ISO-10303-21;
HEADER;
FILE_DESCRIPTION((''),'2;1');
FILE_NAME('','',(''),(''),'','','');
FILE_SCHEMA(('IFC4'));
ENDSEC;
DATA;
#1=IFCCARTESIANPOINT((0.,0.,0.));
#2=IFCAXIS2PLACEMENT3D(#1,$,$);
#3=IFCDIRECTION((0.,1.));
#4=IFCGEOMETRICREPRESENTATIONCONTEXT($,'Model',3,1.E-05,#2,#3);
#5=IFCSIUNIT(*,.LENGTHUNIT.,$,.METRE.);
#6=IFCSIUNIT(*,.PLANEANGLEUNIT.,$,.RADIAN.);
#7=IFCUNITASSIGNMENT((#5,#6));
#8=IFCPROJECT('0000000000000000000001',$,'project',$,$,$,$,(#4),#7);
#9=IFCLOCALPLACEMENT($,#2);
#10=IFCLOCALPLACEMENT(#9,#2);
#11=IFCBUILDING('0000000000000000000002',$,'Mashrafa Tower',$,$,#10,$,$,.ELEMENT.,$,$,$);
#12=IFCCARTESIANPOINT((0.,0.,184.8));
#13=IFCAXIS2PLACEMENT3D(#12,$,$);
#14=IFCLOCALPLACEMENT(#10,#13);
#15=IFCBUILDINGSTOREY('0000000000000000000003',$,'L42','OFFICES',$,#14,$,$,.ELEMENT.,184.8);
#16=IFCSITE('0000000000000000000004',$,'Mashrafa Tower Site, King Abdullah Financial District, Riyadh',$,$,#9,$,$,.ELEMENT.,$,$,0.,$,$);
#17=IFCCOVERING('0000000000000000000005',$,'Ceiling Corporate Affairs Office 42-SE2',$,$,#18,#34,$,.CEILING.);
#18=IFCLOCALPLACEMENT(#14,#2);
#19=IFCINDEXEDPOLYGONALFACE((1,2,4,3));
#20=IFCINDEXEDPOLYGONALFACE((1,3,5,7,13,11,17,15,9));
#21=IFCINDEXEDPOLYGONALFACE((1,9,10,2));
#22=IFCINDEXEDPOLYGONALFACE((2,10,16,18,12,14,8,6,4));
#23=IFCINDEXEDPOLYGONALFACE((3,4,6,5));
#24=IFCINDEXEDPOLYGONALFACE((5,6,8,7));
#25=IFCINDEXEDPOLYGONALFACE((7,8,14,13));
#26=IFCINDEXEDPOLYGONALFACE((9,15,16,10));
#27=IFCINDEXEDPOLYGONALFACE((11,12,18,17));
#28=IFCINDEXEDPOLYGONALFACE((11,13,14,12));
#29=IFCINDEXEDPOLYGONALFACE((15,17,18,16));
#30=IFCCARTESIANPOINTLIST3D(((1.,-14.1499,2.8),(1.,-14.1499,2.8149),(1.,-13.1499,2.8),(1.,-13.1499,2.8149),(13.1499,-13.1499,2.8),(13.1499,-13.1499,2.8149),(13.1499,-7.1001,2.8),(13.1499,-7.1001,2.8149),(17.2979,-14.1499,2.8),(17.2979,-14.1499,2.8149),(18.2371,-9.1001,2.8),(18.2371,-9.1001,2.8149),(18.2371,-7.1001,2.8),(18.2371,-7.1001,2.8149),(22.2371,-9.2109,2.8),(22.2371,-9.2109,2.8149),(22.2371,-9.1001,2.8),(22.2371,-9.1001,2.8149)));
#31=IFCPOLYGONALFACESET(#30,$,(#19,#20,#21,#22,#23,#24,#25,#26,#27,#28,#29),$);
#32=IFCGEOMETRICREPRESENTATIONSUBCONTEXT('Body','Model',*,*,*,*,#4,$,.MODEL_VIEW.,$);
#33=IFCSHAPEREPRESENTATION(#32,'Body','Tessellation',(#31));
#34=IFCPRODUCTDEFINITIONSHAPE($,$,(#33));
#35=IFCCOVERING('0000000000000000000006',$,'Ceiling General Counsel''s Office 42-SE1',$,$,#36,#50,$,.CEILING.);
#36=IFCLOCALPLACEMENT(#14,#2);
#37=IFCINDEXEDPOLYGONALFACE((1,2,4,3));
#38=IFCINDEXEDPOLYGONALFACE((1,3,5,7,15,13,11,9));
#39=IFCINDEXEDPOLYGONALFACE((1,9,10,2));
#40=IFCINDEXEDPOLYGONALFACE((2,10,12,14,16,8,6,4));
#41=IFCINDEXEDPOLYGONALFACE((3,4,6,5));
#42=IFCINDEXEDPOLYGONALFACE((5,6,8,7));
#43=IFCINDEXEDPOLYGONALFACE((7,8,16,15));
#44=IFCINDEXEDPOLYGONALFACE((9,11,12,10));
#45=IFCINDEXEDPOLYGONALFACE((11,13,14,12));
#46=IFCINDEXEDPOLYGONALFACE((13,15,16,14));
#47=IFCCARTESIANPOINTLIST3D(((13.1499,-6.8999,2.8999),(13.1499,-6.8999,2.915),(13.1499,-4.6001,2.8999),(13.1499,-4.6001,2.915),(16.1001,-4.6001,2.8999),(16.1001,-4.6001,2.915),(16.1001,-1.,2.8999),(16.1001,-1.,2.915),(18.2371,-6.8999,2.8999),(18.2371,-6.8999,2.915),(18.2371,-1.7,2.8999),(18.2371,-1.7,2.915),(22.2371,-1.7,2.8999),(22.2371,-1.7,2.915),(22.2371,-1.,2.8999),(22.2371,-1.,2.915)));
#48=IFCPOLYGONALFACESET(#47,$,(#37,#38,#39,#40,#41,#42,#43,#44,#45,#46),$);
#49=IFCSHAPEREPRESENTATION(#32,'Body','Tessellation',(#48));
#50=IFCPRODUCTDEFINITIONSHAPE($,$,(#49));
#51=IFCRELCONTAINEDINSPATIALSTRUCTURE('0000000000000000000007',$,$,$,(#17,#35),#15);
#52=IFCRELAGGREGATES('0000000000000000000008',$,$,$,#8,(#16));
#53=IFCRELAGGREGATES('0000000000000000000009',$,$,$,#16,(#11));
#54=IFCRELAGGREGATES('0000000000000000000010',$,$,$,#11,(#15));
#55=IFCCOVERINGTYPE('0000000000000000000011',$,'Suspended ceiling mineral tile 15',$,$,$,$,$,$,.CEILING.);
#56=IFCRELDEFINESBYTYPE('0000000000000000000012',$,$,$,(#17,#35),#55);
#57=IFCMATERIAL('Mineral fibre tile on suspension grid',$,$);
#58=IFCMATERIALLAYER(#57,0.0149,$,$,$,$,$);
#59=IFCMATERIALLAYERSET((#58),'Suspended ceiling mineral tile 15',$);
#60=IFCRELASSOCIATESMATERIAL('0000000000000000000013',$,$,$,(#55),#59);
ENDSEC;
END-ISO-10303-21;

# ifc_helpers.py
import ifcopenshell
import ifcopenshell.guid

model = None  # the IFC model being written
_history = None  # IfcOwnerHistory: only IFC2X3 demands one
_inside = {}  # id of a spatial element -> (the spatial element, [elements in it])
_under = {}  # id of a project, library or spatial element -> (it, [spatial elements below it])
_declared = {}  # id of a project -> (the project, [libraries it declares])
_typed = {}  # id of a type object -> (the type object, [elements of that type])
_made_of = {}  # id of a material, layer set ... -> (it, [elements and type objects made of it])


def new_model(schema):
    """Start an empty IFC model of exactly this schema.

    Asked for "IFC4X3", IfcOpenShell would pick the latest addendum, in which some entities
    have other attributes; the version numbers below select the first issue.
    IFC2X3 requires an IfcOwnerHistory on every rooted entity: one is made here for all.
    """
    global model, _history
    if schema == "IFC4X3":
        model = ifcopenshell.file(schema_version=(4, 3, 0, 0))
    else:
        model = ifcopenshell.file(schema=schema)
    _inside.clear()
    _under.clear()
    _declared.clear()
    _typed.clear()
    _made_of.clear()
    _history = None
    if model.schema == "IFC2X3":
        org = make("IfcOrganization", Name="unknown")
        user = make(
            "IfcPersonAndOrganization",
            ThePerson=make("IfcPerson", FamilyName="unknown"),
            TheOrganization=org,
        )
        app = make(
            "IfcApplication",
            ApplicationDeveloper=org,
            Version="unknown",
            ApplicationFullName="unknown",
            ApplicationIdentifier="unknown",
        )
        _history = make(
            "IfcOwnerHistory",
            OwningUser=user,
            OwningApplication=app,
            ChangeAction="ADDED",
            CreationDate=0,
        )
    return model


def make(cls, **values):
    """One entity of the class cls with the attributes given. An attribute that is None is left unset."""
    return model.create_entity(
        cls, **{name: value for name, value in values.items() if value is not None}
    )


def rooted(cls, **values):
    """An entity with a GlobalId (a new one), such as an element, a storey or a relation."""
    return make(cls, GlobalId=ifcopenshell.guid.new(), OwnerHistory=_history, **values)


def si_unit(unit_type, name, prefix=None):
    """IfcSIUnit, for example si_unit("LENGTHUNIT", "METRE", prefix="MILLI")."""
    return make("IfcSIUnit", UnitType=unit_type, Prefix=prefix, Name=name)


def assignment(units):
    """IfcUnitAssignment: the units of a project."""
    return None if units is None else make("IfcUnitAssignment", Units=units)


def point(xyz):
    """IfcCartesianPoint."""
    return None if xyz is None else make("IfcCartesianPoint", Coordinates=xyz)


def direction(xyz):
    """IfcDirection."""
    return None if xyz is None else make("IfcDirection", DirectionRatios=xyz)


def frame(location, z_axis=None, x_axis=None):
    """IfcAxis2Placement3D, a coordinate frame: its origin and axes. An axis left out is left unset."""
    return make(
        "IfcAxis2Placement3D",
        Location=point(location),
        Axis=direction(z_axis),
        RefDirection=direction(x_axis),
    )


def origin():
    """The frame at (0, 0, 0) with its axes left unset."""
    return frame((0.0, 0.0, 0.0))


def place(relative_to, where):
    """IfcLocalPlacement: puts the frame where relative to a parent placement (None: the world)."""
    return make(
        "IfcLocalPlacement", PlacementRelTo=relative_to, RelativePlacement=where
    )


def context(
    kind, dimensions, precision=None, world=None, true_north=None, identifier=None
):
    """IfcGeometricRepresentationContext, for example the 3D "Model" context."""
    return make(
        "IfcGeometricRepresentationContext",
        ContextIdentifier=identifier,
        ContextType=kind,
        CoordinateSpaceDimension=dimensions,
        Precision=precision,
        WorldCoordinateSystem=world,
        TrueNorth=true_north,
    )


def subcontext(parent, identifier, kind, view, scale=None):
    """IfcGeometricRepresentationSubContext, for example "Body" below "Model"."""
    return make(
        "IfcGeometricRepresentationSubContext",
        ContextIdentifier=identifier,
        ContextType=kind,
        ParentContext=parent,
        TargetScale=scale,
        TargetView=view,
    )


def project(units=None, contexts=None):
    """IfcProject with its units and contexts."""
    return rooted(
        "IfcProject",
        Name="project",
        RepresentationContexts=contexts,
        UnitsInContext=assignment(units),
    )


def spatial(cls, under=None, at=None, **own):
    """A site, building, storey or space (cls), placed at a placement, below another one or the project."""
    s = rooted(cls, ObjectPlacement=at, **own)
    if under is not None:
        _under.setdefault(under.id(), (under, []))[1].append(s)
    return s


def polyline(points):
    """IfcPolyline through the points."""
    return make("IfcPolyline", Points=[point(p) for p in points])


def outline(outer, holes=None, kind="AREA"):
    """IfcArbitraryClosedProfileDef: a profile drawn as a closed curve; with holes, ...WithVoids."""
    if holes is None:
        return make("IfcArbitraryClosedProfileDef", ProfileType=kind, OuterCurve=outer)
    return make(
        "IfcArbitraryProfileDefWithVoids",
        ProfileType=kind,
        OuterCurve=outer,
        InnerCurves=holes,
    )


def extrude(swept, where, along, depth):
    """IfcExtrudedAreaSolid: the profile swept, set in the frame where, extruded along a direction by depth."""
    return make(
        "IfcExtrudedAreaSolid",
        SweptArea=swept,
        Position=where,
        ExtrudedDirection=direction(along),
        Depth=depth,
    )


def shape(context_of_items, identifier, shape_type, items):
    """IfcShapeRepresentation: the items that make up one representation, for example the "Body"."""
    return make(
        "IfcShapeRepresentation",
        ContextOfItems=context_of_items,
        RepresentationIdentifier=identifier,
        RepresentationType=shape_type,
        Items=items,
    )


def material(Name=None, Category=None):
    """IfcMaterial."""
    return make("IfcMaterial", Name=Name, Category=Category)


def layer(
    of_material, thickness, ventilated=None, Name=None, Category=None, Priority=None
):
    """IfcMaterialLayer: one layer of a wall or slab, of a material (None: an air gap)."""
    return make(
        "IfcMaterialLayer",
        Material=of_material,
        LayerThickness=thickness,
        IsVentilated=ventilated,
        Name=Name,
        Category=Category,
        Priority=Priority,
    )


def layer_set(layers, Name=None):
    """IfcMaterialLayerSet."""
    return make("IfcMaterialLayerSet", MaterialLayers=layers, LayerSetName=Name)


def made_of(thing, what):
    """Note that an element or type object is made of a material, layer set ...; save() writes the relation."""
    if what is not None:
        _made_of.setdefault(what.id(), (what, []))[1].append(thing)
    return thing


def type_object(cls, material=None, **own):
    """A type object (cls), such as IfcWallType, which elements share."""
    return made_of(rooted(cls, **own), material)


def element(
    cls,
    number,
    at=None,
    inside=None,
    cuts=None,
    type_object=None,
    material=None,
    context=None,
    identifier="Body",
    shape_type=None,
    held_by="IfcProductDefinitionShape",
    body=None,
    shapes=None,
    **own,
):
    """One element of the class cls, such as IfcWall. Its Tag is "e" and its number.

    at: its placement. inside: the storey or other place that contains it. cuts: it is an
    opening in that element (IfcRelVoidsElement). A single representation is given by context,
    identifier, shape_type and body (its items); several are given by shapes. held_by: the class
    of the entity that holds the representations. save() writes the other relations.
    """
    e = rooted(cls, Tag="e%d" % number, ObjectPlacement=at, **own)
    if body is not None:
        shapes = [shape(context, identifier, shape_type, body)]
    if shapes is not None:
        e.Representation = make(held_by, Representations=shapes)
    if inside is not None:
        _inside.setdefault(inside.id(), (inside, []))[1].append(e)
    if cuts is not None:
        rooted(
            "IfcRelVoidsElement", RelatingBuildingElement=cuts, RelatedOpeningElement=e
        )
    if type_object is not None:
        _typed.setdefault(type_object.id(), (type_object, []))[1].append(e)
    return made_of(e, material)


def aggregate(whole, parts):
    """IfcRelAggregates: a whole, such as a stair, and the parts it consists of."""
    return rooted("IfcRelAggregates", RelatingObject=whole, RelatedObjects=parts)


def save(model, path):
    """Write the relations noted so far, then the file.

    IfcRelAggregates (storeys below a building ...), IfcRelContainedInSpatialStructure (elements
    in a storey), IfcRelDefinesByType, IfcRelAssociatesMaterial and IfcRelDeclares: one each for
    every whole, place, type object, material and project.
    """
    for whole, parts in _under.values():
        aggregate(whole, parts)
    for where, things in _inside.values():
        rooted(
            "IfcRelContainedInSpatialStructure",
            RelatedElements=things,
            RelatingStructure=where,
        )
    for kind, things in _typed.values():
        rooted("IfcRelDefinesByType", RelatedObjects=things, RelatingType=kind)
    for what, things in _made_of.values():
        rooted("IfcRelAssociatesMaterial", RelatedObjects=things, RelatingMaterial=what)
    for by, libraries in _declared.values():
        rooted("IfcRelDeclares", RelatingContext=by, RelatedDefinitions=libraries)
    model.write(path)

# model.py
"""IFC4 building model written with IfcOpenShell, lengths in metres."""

from ifc_helpers import new_model, si_unit, direction, frame, origin, place, context, subcontext, project, spatial, polyline, outline, extrude, material, layer, layer_set, type_object, element, save


model = new_model("IFC4")

# Units and contexts
model_context = context("Model", 3, precision=1e-05, world=origin(), true_north=direction((0.0, 1.0)))
body_context = subcontext(model_context, "Body", "Model", "MODEL_VIEW")
ifc_project = project(units=[si_unit("LENGTHUNIT", "METRE"), si_unit("PLANEANGLEUNIT", "RADIAN")], contexts=[model_context])

# Site, building, storey
site_placement = place(None, origin())
site = spatial("IfcSite", under=ifc_project, at=site_placement, Name="Mashrafa Tower Site, King Abdullah Financial District, Riyadh", CompositionType="ELEMENT", RefElevation=0.0)
building_placement = place(site_placement, origin())
building = spatial("IfcBuilding", under=site, at=building_placement, Name="Mashrafa Tower", CompositionType="ELEMENT")
storey_placement = place(building_placement, frame((0.0, 0.0, 184.8)))
storey = spatial("IfcBuildingStorey", under=building, at=storey_placement, Name="L42", Description="OFFICES", CompositionType="ELEMENT", Elevation=184.8)

# Coverings
ifc_material_1 = material(Name="Mineral fibre tile on suspension grid")
ifc_layer_1 = layer(ifc_material_1, 0.0149)
ifc_layer_set_1 = layer_set([ifc_layer_1], Name="Suspended ceiling mineral tile 15")
covering_type = type_object("IfcCoveringType", Name="Suspended ceiling mineral tile 15", PredefinedType="CEILING", material=ifc_layer_set_1)
covering_1_placement = place(storey_placement, frame((0.0, 0.0, 2.8)))
element("IfcCovering", 1, at=covering_1_placement, inside=storey, type_object=covering_type, Name="Ceiling Corporate Affairs Office 42-SE2", PredefinedType="CEILING", context=body_context, shape_type="SweptSolid", body=[
    extrude(outline(polyline([(13.1499, -7.1001), (18.2371, -7.1001), (18.2371, -9.1001), (22.2371, -9.1001), (22.2371, -9.2109), (17.2979, -14.1499), (1.0, -14.1499), (1.0, -13.1499), (13.1499, -13.1499), (13.1499, -7.1001)])), origin(), (0.0, 0.0, 1.0), 0.0149),
])
covering_2_placement = place(storey_placement, frame((0.0, 0.0, 2.8999)))
element("IfcCovering", 2, at=covering_2_placement, inside=storey, type_object=covering_type, Name="Ceiling General Counsel's Office 42-SE1", PredefinedType="CEILING", context=body_context, shape_type="SweptSolid", body=[
    extrude(outline(polyline([(22.2371, -1.0), (22.2371, -1.7), (18.2371, -1.7), (18.2371, -6.8999), (13.1499, -6.8999), (13.1499, -4.6001), (16.1001, -4.6001), (16.1001, -1.0), (22.2371, -1.0)])), origin(), (0.0, 0.0, 1.0), 0.0151),
])

save(model, "model.ifc")
